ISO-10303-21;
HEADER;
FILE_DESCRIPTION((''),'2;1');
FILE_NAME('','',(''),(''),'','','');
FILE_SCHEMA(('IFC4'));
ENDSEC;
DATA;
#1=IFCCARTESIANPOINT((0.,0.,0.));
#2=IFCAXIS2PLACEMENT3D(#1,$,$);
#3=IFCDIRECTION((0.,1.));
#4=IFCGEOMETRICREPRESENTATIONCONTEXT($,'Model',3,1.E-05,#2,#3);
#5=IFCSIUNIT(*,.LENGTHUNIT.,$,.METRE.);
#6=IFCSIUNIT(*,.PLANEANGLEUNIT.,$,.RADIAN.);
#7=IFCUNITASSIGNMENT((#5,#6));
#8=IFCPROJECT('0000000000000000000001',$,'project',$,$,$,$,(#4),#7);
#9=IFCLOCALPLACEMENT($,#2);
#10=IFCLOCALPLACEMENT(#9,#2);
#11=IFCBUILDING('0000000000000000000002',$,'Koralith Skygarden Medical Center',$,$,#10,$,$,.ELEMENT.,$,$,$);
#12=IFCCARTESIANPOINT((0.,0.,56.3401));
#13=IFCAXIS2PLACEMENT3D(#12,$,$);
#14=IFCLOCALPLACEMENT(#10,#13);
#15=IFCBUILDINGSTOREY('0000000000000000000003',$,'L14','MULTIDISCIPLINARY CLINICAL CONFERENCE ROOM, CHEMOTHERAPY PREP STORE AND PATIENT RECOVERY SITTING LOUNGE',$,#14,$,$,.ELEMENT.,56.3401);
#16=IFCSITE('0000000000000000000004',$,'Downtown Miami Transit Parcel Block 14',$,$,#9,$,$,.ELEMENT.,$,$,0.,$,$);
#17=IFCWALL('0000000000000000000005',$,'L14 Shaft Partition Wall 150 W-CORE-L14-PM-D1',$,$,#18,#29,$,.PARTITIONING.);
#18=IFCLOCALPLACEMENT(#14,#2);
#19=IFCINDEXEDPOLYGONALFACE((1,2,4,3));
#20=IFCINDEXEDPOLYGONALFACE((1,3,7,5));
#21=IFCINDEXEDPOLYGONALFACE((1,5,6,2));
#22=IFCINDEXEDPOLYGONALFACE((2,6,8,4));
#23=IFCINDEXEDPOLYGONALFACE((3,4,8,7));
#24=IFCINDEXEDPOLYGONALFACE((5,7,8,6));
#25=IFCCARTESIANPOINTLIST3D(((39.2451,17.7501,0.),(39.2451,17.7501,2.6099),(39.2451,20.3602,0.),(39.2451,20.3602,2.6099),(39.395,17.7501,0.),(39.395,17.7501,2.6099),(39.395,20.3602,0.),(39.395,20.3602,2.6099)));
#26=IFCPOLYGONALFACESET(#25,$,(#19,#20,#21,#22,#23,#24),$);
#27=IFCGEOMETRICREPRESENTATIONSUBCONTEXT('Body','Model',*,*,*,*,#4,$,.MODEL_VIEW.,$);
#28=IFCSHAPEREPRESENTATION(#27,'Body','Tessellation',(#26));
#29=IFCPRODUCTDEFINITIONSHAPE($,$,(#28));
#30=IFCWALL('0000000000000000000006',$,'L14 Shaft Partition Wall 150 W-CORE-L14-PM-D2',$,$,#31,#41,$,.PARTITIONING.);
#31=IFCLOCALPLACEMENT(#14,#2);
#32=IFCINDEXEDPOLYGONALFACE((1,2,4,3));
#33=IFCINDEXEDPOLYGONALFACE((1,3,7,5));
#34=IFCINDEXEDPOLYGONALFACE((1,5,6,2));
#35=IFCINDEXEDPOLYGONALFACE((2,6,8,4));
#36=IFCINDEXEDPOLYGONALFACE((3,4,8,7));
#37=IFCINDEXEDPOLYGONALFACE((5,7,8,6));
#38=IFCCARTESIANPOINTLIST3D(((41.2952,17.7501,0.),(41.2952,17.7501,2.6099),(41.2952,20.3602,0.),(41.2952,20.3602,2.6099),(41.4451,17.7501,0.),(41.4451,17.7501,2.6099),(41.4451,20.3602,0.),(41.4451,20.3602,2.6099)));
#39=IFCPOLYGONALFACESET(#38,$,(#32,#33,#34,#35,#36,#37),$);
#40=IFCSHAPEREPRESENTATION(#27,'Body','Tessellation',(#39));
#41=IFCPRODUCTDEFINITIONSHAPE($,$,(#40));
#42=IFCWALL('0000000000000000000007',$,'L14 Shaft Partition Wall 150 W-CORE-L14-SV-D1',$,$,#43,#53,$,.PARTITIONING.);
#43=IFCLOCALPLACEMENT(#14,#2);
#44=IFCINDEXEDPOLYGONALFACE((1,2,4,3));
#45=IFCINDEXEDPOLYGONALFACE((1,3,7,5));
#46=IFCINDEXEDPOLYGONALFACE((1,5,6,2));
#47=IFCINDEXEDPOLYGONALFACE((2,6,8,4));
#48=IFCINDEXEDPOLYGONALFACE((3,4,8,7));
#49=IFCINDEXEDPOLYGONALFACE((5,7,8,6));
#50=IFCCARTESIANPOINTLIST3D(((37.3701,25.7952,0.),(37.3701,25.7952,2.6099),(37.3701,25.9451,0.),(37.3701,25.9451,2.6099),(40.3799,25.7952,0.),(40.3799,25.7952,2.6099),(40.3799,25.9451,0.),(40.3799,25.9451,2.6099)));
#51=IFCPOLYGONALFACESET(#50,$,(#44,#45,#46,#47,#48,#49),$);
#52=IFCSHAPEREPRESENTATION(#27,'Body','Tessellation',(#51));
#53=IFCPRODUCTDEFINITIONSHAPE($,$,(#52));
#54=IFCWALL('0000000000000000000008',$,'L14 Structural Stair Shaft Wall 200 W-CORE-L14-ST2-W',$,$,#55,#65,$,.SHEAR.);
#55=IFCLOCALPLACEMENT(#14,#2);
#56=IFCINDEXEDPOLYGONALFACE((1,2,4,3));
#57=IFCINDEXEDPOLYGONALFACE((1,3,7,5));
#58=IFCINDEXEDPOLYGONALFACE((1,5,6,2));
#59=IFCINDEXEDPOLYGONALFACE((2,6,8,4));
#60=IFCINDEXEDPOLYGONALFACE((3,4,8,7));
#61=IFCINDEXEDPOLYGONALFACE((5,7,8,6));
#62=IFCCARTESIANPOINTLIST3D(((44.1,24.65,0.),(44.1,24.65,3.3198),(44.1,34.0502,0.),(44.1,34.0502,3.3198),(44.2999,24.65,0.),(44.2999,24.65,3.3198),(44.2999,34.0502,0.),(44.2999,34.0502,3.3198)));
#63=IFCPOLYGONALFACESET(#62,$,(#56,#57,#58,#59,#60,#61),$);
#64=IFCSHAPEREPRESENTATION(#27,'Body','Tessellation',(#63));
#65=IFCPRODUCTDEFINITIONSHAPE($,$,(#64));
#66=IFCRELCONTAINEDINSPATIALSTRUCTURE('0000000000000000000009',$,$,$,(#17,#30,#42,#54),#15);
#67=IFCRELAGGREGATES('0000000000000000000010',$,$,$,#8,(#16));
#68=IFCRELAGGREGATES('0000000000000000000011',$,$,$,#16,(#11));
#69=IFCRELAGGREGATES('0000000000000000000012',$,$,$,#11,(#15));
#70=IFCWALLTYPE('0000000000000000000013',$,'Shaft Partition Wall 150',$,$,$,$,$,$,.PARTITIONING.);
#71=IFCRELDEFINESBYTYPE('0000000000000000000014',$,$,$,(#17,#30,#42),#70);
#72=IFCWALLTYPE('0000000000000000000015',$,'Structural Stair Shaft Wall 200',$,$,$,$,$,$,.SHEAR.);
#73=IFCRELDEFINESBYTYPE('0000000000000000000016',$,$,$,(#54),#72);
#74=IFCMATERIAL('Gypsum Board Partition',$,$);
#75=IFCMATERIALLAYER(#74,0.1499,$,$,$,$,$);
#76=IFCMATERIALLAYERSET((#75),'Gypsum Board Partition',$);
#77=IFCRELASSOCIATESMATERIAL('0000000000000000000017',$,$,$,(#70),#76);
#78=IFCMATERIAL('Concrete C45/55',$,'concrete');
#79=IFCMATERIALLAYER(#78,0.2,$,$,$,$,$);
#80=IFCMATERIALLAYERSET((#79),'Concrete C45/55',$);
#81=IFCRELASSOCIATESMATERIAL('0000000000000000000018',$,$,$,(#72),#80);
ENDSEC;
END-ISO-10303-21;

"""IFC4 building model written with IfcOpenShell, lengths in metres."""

from ifc_helpers import new_model, si_unit, direction, frame, frame_2d, origin, place, context, subcontext, project, spatial, rectangle, extrude, material, layer, layer_set, type_object, element, save


model = new_model("IFC4")

# Units and contexts
model_context = context("Model", 3, precision=1e-05, world=origin(), true_north=direction((0.0, 1.0)))
body_context = subcontext(model_context, "Body", "Model", "MODEL_VIEW")
ifc_project = project(units=[si_unit("LENGTHUNIT", "METRE"), si_unit("PLANEANGLEUNIT", "RADIAN")], contexts=[model_context])

# Site, building, storey
site_placement = place(None, origin())
site = spatial("IfcSite", under=ifc_project, at=site_placement, Name="Downtown Miami Transit Parcel Block 14", CompositionType="ELEMENT", RefElevation=0.0)
building_placement = place(site_placement, origin())
building = spatial("IfcBuilding", under=site, at=building_placement, Name="Koralith Skygarden Medical Center", CompositionType="ELEMENT")
storey_placement = place(building_placement, frame((0.0, 0.0, 56.3401)))
storey = spatial("IfcBuildingStorey", under=building, at=storey_placement, Name="L14", Description="MULTIDISCIPLINARY CLINICAL CONFERENCE ROOM, CHEMOTHERAPY PREP STORE AND PATIENT RECOVERY SITTING LOUNGE", CompositionType="ELEMENT", Elevation=56.3401)

# Shared definitions
ifc_material_1 = material(Name="Concrete C45/55", Category="concrete")

# Shared definitions
ifc_material_2 = material(Name="Gypsum Board Partition")

# Walls
ifc_layer_1 = layer(ifc_material_2, 0.1499)
ifc_layer_set_1 = layer_set([ifc_layer_1], Name="Gypsum Board Partition")
wall_type_1 = type_object("IfcWallType", Name="Shaft Partition Wall 150", PredefinedType="PARTITIONING", material=ifc_layer_set_1)
for number, where, z_axis, x_axis, name in (
    (1, (39.3201, 17.75, 0.0), (0.0, 0.0, 1.0), (0.0, 1.0, 0.0), "L14 Shaft Partition Wall 150 W-CORE-L14-PM-D1"),
    (2, (41.3701, 17.75, 0.0), (0.0, 0.0, 1.0), (0.0, 1.0, 0.0), "L14 Shaft Partition Wall 150 W-CORE-L14-PM-D2"),
):
    element("IfcWall", number, at=place(storey_placement, frame(where, z_axis=z_axis, x_axis=x_axis)), inside=storey, type_object=wall_type_1, Name=name, PredefinedType="PARTITIONING", context=body_context, shape_type="SweptSolid", body=[
        extrude(rectangle(XDim=2.6101, YDim=0.1499, at=frame_2d((1.3052, 0.0))), origin(), (0.0, 0.0, 1.0), 2.6099),
    ])
wall_1_placement = place(storey_placement, frame((37.3701, 25.8701, 0.0), z_axis=(0.0, 0.0, 1.0), x_axis=(1.0, 0.0, 0.0)))
element("IfcWall", 3, at=wall_1_placement, inside=storey, type_object=wall_type_1, Name="L14 Shaft Partition Wall 150 W-CORE-L14-SV-D1", PredefinedType="PARTITIONING", context=body_context, shape_type="SweptSolid", body=[
    extrude(rectangle(XDim=3.0098, YDim=0.1499, at=frame_2d((1.5049, 0.0))), origin(), (0.0, 0.0, 1.0), 2.6099),
])
ifc_layer_2 = layer(ifc_material_1, 0.2)
ifc_layer_set_2 = layer_set([ifc_layer_2], Name="Concrete C45/55")
wall_type_2 = type_object("IfcWallType", Name="Structural Stair Shaft Wall 200", PredefinedType="SHEAR", material=ifc_layer_set_2)
wall_2_placement = place(storey_placement, frame((44.2, 24.6499, 0.0), z_axis=(0.0, 0.0, 1.0), x_axis=(0.0, 1.0, 0.0)))
element("IfcWall", 4, at=wall_2_placement, inside=storey, type_object=wall_type_2, Name="L14 Structural Stair Shaft Wall 200 W-CORE-L14-ST2-W", PredefinedType="SHEAR", context=body_context, shape_type="SweptSolid", body=[
    extrude(rectangle(XDim=9.4001, YDim=0.2, at=frame_2d((4.7002, 0.0))), origin(), (0.0, 0.0, 1.0), 3.3198),
])

save(model, "model.ifc")
